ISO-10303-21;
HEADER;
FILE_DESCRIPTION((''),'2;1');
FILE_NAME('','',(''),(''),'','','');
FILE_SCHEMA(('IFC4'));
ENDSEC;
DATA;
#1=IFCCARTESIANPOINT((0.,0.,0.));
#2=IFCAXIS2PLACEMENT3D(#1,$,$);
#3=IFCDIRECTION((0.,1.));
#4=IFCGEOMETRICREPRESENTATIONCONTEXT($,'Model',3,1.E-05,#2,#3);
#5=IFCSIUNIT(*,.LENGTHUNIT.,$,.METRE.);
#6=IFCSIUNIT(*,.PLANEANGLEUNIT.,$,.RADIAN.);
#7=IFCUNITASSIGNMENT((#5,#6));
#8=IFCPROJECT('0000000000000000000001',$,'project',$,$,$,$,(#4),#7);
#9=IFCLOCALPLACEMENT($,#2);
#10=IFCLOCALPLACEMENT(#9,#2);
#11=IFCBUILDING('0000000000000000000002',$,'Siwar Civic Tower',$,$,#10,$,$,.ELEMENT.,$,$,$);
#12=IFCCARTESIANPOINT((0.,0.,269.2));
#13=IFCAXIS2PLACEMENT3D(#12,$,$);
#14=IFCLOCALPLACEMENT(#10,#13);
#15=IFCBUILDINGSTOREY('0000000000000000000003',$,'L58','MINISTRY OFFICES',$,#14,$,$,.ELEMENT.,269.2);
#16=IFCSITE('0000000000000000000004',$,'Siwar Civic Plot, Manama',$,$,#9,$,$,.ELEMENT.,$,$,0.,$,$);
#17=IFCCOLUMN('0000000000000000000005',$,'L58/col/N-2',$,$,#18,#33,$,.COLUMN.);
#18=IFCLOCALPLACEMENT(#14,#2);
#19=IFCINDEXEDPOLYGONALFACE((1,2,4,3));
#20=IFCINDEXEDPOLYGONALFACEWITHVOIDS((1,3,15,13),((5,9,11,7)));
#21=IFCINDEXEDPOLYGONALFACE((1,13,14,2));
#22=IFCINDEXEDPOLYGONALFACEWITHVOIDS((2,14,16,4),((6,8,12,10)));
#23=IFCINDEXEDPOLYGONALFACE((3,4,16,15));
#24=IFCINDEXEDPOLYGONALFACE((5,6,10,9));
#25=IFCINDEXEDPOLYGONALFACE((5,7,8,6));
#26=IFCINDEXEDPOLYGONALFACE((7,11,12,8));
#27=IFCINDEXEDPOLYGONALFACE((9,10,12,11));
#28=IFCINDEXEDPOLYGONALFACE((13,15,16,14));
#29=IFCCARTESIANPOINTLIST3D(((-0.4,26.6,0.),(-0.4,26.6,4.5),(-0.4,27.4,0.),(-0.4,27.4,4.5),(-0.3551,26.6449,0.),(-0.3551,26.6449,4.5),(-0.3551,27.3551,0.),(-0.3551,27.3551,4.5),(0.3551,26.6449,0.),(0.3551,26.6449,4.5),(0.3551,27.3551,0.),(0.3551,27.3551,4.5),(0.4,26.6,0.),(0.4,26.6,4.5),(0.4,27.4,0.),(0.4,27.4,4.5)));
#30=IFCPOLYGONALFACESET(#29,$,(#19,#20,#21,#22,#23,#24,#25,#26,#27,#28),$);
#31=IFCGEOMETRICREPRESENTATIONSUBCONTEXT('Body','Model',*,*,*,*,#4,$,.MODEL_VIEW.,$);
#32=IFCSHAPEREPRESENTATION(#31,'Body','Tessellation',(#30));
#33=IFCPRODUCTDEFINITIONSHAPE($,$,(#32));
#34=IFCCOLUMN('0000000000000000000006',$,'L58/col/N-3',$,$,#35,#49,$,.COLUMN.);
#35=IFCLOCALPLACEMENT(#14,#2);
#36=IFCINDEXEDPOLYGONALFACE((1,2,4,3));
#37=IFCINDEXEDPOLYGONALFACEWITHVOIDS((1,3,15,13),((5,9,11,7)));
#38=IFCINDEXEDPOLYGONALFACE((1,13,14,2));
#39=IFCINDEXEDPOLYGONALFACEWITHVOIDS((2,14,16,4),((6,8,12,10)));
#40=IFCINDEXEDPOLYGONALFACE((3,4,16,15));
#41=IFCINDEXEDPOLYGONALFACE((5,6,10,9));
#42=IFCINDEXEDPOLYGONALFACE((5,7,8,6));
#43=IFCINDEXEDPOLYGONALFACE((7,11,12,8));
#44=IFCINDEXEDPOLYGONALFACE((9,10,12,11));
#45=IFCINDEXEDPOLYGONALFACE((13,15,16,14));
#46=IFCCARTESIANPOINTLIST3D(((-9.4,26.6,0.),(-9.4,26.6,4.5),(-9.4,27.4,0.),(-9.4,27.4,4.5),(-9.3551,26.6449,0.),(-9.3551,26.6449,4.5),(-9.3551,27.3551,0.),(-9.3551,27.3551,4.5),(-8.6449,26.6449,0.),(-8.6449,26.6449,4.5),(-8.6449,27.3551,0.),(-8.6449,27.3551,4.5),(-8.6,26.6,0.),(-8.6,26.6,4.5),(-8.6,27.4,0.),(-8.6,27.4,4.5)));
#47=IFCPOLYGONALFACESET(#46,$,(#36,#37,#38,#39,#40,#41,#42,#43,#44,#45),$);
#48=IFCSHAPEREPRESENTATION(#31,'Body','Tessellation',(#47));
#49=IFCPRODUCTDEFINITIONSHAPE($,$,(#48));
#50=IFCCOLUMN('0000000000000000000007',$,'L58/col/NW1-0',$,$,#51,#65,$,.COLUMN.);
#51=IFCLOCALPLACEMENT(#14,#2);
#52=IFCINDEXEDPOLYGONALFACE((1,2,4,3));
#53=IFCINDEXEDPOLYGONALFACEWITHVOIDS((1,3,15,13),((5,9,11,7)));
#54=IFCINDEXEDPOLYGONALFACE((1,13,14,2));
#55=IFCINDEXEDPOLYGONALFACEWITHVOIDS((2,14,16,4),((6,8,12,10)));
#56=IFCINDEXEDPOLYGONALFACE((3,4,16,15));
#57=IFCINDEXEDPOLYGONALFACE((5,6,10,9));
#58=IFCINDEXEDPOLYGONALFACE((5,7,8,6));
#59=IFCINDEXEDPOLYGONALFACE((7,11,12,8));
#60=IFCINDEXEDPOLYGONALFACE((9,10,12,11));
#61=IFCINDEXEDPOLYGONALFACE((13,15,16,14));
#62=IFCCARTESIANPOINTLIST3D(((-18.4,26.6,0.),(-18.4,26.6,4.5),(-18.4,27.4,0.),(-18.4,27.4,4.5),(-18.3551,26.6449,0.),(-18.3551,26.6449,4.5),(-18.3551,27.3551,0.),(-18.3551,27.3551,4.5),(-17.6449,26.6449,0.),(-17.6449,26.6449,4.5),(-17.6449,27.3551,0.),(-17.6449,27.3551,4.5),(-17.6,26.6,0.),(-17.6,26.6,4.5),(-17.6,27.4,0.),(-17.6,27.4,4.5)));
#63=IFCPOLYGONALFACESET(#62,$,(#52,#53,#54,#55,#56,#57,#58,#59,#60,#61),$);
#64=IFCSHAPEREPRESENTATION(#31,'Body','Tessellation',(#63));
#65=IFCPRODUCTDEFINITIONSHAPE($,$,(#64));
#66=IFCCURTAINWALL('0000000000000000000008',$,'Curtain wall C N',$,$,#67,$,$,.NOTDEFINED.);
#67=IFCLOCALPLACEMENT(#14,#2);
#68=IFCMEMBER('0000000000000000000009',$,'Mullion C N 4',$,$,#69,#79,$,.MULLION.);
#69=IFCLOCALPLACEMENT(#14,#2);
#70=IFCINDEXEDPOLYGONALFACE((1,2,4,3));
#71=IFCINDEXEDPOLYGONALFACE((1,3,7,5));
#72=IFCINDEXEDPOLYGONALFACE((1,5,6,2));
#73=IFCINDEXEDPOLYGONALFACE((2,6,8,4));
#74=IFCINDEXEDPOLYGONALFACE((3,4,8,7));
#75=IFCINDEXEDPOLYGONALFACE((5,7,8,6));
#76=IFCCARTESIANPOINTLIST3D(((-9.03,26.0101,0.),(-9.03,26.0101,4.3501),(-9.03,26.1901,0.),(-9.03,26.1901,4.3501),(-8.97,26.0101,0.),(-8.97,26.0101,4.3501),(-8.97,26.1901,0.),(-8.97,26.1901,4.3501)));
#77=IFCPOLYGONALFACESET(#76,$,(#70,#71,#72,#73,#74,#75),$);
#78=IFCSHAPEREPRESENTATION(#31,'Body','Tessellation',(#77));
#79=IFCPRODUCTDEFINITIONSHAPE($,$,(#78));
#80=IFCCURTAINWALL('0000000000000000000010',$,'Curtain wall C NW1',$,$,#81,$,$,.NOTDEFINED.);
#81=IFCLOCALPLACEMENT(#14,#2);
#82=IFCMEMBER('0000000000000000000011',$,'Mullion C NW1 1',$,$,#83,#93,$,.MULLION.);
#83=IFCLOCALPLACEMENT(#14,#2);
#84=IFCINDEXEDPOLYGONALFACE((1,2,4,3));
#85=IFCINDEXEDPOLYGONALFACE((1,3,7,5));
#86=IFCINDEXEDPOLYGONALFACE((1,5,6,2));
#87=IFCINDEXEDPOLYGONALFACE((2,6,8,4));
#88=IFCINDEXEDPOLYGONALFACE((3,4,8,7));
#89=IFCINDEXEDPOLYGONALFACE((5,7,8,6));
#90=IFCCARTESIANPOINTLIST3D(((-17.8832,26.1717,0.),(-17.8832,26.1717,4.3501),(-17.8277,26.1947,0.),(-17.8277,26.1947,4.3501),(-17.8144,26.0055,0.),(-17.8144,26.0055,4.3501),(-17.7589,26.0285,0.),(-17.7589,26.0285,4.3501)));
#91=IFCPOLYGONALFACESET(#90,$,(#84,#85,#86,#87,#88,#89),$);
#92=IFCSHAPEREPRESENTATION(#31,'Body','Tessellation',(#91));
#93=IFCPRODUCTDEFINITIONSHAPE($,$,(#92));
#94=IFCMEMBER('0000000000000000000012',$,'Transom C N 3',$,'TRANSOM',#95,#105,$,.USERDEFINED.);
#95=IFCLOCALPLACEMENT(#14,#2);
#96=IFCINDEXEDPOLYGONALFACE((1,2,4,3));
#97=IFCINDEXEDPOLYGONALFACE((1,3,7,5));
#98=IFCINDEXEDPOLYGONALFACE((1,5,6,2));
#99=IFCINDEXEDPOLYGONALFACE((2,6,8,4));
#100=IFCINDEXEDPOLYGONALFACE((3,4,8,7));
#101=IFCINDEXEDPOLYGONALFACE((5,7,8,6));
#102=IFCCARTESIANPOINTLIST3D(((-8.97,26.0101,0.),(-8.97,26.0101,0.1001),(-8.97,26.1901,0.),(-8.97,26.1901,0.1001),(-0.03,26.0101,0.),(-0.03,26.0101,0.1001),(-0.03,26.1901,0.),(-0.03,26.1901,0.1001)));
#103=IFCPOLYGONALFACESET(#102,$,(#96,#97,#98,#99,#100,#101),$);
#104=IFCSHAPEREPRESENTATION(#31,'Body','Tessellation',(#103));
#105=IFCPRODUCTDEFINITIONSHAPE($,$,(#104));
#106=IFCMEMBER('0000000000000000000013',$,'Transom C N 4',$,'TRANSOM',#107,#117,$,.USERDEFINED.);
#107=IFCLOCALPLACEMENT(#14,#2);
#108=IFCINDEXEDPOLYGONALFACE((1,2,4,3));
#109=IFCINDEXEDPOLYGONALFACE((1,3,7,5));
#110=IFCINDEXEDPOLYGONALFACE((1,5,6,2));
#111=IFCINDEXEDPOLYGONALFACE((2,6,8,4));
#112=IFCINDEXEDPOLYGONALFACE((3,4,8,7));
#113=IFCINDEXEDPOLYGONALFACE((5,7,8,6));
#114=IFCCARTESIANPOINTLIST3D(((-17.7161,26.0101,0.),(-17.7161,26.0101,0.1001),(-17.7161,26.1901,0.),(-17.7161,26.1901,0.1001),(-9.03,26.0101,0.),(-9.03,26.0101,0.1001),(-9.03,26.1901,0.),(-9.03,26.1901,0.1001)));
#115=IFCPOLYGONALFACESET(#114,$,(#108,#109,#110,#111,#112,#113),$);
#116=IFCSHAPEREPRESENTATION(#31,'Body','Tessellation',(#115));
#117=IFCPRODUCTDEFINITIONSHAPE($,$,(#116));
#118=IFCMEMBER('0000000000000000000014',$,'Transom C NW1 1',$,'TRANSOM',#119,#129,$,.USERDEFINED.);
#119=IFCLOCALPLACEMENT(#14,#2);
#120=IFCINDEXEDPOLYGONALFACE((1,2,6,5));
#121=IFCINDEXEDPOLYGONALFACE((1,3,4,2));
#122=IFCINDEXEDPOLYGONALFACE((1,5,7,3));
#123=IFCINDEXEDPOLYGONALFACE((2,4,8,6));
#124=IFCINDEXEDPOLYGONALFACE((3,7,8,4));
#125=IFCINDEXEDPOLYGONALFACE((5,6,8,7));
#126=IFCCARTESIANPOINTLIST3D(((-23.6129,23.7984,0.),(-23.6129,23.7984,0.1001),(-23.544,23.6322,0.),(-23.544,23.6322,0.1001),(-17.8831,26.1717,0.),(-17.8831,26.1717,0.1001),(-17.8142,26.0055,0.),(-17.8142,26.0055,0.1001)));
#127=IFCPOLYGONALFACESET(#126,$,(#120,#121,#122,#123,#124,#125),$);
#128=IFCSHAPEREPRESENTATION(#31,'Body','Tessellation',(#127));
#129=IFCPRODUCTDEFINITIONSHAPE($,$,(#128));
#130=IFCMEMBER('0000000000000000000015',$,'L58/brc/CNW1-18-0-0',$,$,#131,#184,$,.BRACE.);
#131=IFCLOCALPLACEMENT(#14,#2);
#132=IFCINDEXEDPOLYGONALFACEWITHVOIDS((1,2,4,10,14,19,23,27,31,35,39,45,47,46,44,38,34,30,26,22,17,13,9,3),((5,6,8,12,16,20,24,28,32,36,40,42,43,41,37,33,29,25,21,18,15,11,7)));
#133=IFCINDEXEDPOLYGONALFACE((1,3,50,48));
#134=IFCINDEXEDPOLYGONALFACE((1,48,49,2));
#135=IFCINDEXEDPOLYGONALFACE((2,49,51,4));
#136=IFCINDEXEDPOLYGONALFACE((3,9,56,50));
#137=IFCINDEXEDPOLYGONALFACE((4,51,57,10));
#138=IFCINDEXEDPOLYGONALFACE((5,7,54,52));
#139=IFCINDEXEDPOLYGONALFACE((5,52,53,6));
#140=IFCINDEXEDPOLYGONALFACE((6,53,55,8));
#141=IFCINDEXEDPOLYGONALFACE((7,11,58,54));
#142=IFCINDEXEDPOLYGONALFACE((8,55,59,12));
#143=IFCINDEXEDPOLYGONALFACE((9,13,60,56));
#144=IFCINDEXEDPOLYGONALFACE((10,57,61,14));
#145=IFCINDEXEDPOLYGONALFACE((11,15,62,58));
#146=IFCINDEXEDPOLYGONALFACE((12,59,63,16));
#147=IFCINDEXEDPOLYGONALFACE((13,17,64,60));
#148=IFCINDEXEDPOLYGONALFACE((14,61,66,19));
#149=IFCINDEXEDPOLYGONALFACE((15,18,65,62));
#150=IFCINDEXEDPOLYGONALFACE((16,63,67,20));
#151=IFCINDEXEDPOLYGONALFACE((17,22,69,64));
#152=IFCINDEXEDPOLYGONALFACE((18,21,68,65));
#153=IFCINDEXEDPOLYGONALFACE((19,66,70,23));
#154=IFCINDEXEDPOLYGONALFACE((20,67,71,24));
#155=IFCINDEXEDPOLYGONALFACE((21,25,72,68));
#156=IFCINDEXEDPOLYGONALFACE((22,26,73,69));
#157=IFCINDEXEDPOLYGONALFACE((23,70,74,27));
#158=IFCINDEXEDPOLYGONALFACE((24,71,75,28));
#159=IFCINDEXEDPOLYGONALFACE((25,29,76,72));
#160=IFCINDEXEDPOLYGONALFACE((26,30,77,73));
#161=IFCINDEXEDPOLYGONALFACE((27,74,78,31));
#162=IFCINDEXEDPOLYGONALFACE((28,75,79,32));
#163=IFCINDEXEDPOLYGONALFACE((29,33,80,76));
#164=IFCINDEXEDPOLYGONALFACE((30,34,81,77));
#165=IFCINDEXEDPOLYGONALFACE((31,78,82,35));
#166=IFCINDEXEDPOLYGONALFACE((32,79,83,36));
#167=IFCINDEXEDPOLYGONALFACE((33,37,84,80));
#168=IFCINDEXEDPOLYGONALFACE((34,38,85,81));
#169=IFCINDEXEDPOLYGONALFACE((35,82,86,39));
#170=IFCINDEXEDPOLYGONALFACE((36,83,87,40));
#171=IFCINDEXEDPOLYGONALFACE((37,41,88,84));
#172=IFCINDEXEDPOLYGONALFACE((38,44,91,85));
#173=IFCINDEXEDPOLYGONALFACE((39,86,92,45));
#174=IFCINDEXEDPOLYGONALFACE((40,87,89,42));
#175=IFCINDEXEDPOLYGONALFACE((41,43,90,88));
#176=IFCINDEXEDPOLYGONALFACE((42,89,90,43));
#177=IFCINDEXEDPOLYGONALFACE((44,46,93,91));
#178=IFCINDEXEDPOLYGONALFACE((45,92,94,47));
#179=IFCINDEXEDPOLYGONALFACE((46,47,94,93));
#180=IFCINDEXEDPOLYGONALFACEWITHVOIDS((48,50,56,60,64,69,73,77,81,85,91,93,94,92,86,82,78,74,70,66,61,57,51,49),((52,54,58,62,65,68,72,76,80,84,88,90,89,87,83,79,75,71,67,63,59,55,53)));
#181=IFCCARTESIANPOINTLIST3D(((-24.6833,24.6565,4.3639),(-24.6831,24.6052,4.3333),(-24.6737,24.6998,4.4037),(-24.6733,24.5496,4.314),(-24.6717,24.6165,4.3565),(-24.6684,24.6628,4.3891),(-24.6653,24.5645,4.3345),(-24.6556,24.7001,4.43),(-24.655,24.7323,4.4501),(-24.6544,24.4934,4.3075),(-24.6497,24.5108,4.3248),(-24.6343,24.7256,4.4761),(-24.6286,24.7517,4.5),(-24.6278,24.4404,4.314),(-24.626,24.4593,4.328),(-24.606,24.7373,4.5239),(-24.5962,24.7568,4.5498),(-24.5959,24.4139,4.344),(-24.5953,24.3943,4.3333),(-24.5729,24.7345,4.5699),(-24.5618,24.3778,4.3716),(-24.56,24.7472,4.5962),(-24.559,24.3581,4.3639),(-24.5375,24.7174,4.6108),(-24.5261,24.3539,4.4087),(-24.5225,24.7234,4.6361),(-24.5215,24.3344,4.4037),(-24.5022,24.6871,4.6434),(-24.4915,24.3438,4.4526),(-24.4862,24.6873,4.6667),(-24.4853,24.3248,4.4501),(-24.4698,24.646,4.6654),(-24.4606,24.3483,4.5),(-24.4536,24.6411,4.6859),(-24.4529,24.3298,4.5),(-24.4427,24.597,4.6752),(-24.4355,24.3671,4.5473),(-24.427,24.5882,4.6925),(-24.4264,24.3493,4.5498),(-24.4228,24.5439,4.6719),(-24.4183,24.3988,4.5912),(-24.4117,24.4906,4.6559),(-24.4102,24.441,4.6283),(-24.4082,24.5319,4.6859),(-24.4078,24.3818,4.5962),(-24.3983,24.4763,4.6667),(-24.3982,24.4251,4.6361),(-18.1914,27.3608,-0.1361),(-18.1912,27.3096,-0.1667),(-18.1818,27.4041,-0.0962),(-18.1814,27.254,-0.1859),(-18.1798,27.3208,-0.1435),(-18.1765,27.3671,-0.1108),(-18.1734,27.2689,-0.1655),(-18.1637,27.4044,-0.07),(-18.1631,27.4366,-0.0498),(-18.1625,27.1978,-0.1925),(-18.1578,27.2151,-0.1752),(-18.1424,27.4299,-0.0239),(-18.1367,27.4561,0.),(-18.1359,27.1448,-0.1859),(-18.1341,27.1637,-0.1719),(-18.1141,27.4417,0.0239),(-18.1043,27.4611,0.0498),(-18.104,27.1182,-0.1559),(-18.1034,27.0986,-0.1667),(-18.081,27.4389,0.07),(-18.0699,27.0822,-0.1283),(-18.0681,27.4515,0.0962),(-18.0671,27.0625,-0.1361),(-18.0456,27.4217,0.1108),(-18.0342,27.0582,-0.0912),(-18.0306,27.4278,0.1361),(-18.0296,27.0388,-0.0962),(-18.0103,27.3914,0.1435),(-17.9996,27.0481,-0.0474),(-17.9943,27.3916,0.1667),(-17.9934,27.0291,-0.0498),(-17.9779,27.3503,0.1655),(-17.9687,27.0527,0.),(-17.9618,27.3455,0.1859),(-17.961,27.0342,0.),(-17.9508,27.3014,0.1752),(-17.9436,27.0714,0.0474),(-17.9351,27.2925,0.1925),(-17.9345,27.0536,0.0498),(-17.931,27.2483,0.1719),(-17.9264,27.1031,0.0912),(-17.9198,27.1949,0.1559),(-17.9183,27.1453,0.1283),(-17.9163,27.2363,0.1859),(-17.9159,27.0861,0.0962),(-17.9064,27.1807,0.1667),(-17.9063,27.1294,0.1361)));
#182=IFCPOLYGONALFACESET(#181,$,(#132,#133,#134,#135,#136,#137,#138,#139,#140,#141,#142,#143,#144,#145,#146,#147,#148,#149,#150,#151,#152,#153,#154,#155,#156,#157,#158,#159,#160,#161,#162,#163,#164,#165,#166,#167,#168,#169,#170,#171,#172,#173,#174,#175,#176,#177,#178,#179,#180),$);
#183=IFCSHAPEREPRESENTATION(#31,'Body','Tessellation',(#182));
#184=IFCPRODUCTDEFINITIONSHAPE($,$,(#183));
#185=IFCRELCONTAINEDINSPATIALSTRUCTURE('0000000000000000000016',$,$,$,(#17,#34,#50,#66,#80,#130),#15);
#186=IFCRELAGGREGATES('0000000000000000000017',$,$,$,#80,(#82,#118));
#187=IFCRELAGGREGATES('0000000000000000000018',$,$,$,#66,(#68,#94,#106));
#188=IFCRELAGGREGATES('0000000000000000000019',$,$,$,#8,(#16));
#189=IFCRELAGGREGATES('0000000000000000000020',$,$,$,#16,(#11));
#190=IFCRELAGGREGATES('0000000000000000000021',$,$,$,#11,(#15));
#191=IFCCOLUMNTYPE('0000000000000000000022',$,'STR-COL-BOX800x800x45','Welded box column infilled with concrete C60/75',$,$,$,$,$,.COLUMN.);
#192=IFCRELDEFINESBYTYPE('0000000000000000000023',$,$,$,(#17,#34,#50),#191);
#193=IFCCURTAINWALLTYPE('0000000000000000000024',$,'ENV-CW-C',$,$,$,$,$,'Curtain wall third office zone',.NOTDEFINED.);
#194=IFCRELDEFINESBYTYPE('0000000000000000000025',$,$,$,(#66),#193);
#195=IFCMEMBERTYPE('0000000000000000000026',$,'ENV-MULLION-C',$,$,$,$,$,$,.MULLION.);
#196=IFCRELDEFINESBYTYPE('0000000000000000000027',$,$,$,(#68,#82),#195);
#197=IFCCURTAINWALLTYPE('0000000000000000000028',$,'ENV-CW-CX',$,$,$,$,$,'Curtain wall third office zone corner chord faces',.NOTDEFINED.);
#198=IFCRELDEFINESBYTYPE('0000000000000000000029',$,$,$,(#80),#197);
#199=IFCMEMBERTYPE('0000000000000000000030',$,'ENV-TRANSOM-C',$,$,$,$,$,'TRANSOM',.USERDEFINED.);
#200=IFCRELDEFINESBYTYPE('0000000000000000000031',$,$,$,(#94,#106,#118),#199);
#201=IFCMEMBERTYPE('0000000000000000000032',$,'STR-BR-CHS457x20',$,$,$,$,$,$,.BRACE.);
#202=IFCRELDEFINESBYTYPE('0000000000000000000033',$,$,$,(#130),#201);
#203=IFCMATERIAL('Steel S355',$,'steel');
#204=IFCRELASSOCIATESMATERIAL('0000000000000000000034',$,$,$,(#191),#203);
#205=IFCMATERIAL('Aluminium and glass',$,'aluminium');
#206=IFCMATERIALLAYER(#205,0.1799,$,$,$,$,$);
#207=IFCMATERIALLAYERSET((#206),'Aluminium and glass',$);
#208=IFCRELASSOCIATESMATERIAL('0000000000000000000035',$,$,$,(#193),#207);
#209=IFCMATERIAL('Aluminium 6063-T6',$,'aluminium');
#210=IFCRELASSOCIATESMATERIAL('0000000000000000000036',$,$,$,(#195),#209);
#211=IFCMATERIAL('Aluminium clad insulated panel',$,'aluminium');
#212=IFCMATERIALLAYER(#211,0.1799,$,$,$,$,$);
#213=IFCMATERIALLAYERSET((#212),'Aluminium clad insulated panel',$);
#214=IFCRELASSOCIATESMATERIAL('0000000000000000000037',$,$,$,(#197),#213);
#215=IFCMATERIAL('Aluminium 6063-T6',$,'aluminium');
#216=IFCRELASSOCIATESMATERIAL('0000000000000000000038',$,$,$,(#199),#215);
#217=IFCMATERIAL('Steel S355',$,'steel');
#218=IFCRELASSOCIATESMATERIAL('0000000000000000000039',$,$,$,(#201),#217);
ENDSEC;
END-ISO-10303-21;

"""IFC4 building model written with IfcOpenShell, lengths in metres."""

from ifc_helpers import new_model, si_unit, direction, frame, origin, origin_2d, place, context, subcontext, project, spatial, rectangle, hollow_rectangle, hollow_circle, extrude, material, layer, layer_set, material_profile, profile_set, type_object, element, aggregate, save


model = new_model("IFC4")

# Units and contexts
model_context = context("Model", 3, precision=1e-05, world=origin(), true_north=direction((0.0, 1.0)))
body_context = subcontext(model_context, "Body", "Model", "MODEL_VIEW")
ifc_project = project(units=[si_unit("LENGTHUNIT", "METRE"), si_unit("PLANEANGLEUNIT", "RADIAN")], contexts=[model_context])

# Site, building, storey
site_placement = place(None, origin())
site = spatial("IfcSite", under=ifc_project, at=site_placement, Name="Siwar Civic Plot, Manama", CompositionType="ELEMENT", RefElevation=0.0)
building_placement = place(site_placement, origin())
building = spatial("IfcBuilding", under=site, at=building_placement, Name="Siwar Civic Tower", CompositionType="ELEMENT")
storey_placement = place(building_placement, frame((0.0, 0.0, 269.2)))
storey = spatial("IfcBuildingStorey", under=building, at=storey_placement, Name="L58", Description="MINISTRY OFFICES", CompositionType="ELEMENT", Elevation=269.2)

# Columns
ifc_material_1 = material(Name="Steel S355", Category="steel")
ifc_material_profile_1 = material_profile(ifc_material_1, hollow_rectangle(XDim=0.8, YDim=0.8, WallThickness=0.0449, at=origin_2d()), Name="BOX800x800x45")
ifc_profile_set_1 = profile_set([ifc_material_profile_1], Name="Steel S355")
column_type = type_object("IfcColumnType", Name="STR-COL-BOX800x800x45", Description="Welded box column infilled with concrete C60/75", PredefinedType="COLUMN", material=ifc_profile_set_1)
for number, where, z_axis, x_axis, name in (
    (1, (0.0, 27.0, 0.0), (0.0, 0.0, 1.0), (1.0, 0.0, 0.0), "L58/col/N-2"),
    (2, (-9.0, 27.0, 0.0), (0.0, 0.0, 1.0), (1.0, 0.0, 0.0), "L58/col/N-3"),
    (3, (-18.0, 27.0, 0.0), (0.0, 0.0, 1.0), (1.0, 0.0, 0.0), "L58/col/NW1-0"),
):
    element("IfcColumn", number, at=place(storey_placement, frame(where, z_axis=z_axis, x_axis=x_axis)), inside=storey, type_object=column_type, Name=name, PredefinedType="COLUMN", context=body_context, shape_type="SweptSolid", body=[
        extrude(hollow_rectangle(XDim=0.8, YDim=0.8, WallThickness=0.0449, at=origin_2d()), origin(), (0.0, 0.0, 1.0), 4.5),
    ])

# Curtain walls, members
ifc_material_2 = material(Name="Aluminium and glass", Category="aluminium")
ifc_layer_1 = layer(ifc_material_2, 0.1799)
ifc_layer_set_1 = layer_set([ifc_layer_1], Name="Aluminium and glass")
curtain_wall_type_1 = type_object("IfcCurtainWallType", Name="ENV-CW-C", ElementType="Curtain wall third office zone", PredefinedType="NOTDEFINED", material=ifc_layer_set_1)
curtain_wall_1_placement = place(storey_placement, origin())
curtain_wall_1 = element("IfcCurtainWall", 4, at=curtain_wall_1_placement, inside=storey, type_object=curtain_wall_type_1, Name="Curtain wall C N", PredefinedType="NOTDEFINED")
ifc_material_3 = material(Name="Aluminium 6063-T6", Category="aluminium")
ifc_material_profile_2 = material_profile(ifc_material_3, rectangle(XDim=0.1799, YDim=0.0601, at=origin_2d()), Name="AL 180x60")
ifc_profile_set_2 = profile_set([ifc_material_profile_2], Name="Aluminium 6063-T6")
member_type_1 = type_object("IfcMemberType", Name="ENV-MULLION-C", PredefinedType="MULLION", material=ifc_profile_set_2)
member_1_placement = place(storey_placement, frame((-9.0, 26.1001, 0.0), z_axis=(0.0, 0.0, 1.0), x_axis=(0.0, -1.0, 0.0)))
member_1 = element("IfcMember", 5, at=member_1_placement, type_object=member_type_1, Name="Mullion C N 4", PredefinedType="MULLION", context=body_context, shape_type="SweptSolid", body=[
    extrude(rectangle(XDim=0.1799, YDim=0.0601, at=origin_2d()), origin(), (0.0, 0.0, 1.0), 4.3501),
])
ifc_material_4 = material(Name="Aluminium clad insulated panel", Category="aluminium")
ifc_layer_2 = layer(ifc_material_4, 0.1799)
ifc_layer_set_2 = layer_set([ifc_layer_2], Name="Aluminium clad insulated panel")
curtain_wall_type_2 = type_object("IfcCurtainWallType", Name="ENV-CW-CX", ElementType="Curtain wall third office zone corner chord faces", PredefinedType="NOTDEFINED", material=ifc_layer_set_2)
curtain_wall_2_placement = place(storey_placement, origin())
curtain_wall_2 = element("IfcCurtainWall", 6, at=curtain_wall_2_placement, inside=storey, type_object=curtain_wall_type_2, Name="Curtain wall C NW1", PredefinedType="NOTDEFINED")
member_2_placement = place(storey_placement, frame((-17.821, 26.1001, 0.0), z_axis=(0.0, 0.0, 1.0), x_axis=(0.382683, -0.92388, 0.0)))
member_2 = element("IfcMember", 7, at=member_2_placement, type_object=member_type_1, Name="Mullion C NW1 1", PredefinedType="MULLION", context=body_context, shape_type="SweptSolid", body=[
    extrude(rectangle(XDim=0.1799, YDim=0.0601, at=origin_2d()), origin(), (0.0, 0.0, 1.0), 4.3501),
])

# Members
ifc_material_5 = material(Name="Aluminium 6063-T6", Category="aluminium")
ifc_material_profile_3 = material_profile(ifc_material_5, rectangle(XDim=0.1799, YDim=0.1001, at=origin_2d()), Name="AL 180x100")
ifc_profile_set_3 = profile_set([ifc_material_profile_3], Name="Aluminium 6063-T6")
member_type_2 = type_object("IfcMemberType", Name="ENV-TRANSOM-C", ElementType="TRANSOM", PredefinedType="USERDEFINED", material=ifc_profile_set_3)
member_3_placement = place(storey_placement, frame((-0.03, 26.1001, 0.05), z_axis=(-1.0, 0.0, 0.0), x_axis=(0.0, -1.0, 0.0)))
member_3 = element("IfcMember", 8, at=member_3_placement, type_object=member_type_2, Name="Transom C N 3", ObjectType="TRANSOM", PredefinedType="USERDEFINED", context=body_context, shape_type="SweptSolid", body=[
    extrude(rectangle(XDim=0.1799, YDim=0.1001, at=origin_2d()), origin(), (0.0, 0.0, 1.0), 8.9399),
])
member_4_placement = place(storey_placement, frame((-9.03, 26.1001, 0.05), z_axis=(-1.0, 0.0, 0.0), x_axis=(0.0, -1.0, 0.0)))
member_4 = element("IfcMember", 9, at=member_4_placement, type_object=member_type_2, Name="Transom C N 4", ObjectType="TRANSOM", PredefinedType="USERDEFINED", context=body_context, shape_type="SweptSolid", body=[
    extrude(rectangle(XDim=0.1799, YDim=0.1001, at=origin_2d()), origin(), (0.0, 0.0, 1.0), 8.686),
])
member_5_placement = place(storey_placement, frame((-17.8486, 26.0886, 0.05), z_axis=(-0.923882, -0.382677, 0.0), x_axis=(0.382677, -0.923882, 0.0)))
member_5 = element("IfcMember", 10, at=member_5_placement, type_object=member_type_2, Name="Transom C NW1 1", ObjectType="TRANSOM", PredefinedType="USERDEFINED", context=body_context, shape_type="SweptSolid", body=[
    extrude(rectangle(XDim=0.1799, YDim=0.1001, at=origin_2d()), origin(), (0.0, 0.0, 1.0), 6.2019),
])
aggregate(curtain_wall_2, [member_2, member_5])
ifc_material_6 = material(Name="Steel S355", Category="steel")
ifc_material_profile_4 = material_profile(ifc_material_6, hollow_circle(Radius=0.2285, WallThickness=0.02, at=origin_2d()), Name="CHS457x20")
ifc_profile_set_4 = profile_set([ifc_material_profile_4], Name="Steel S355")
member_type_3 = type_object("IfcMemberType", Name="STR-BR-CHS457x20", PredefinedType="BRACE", material=ifc_profile_set_4)
member_6_placement = place(storey_placement, frame((-18.0488, 27.2451, 0.0), z_axis=(-0.777555, -0.323906, 0.538975), x_axis=(0.384539, -0.923109, 0.0)))
element("IfcMember", 11, at=member_6_placement, inside=storey, type_object=member_type_3, Name="L58/brc/CNW1-18-0-0", PredefinedType="BRACE", context=body_context, shape_type="SweptSolid", body=[
    extrude(hollow_circle(Radius=0.2285, WallThickness=0.02, at=origin_2d()), origin(), (0.0, 0.0, 1.0), 8.3491),
])

aggregate(curtain_wall_1, [member_1, member_3, member_4])

save(model, "model.ifc")
